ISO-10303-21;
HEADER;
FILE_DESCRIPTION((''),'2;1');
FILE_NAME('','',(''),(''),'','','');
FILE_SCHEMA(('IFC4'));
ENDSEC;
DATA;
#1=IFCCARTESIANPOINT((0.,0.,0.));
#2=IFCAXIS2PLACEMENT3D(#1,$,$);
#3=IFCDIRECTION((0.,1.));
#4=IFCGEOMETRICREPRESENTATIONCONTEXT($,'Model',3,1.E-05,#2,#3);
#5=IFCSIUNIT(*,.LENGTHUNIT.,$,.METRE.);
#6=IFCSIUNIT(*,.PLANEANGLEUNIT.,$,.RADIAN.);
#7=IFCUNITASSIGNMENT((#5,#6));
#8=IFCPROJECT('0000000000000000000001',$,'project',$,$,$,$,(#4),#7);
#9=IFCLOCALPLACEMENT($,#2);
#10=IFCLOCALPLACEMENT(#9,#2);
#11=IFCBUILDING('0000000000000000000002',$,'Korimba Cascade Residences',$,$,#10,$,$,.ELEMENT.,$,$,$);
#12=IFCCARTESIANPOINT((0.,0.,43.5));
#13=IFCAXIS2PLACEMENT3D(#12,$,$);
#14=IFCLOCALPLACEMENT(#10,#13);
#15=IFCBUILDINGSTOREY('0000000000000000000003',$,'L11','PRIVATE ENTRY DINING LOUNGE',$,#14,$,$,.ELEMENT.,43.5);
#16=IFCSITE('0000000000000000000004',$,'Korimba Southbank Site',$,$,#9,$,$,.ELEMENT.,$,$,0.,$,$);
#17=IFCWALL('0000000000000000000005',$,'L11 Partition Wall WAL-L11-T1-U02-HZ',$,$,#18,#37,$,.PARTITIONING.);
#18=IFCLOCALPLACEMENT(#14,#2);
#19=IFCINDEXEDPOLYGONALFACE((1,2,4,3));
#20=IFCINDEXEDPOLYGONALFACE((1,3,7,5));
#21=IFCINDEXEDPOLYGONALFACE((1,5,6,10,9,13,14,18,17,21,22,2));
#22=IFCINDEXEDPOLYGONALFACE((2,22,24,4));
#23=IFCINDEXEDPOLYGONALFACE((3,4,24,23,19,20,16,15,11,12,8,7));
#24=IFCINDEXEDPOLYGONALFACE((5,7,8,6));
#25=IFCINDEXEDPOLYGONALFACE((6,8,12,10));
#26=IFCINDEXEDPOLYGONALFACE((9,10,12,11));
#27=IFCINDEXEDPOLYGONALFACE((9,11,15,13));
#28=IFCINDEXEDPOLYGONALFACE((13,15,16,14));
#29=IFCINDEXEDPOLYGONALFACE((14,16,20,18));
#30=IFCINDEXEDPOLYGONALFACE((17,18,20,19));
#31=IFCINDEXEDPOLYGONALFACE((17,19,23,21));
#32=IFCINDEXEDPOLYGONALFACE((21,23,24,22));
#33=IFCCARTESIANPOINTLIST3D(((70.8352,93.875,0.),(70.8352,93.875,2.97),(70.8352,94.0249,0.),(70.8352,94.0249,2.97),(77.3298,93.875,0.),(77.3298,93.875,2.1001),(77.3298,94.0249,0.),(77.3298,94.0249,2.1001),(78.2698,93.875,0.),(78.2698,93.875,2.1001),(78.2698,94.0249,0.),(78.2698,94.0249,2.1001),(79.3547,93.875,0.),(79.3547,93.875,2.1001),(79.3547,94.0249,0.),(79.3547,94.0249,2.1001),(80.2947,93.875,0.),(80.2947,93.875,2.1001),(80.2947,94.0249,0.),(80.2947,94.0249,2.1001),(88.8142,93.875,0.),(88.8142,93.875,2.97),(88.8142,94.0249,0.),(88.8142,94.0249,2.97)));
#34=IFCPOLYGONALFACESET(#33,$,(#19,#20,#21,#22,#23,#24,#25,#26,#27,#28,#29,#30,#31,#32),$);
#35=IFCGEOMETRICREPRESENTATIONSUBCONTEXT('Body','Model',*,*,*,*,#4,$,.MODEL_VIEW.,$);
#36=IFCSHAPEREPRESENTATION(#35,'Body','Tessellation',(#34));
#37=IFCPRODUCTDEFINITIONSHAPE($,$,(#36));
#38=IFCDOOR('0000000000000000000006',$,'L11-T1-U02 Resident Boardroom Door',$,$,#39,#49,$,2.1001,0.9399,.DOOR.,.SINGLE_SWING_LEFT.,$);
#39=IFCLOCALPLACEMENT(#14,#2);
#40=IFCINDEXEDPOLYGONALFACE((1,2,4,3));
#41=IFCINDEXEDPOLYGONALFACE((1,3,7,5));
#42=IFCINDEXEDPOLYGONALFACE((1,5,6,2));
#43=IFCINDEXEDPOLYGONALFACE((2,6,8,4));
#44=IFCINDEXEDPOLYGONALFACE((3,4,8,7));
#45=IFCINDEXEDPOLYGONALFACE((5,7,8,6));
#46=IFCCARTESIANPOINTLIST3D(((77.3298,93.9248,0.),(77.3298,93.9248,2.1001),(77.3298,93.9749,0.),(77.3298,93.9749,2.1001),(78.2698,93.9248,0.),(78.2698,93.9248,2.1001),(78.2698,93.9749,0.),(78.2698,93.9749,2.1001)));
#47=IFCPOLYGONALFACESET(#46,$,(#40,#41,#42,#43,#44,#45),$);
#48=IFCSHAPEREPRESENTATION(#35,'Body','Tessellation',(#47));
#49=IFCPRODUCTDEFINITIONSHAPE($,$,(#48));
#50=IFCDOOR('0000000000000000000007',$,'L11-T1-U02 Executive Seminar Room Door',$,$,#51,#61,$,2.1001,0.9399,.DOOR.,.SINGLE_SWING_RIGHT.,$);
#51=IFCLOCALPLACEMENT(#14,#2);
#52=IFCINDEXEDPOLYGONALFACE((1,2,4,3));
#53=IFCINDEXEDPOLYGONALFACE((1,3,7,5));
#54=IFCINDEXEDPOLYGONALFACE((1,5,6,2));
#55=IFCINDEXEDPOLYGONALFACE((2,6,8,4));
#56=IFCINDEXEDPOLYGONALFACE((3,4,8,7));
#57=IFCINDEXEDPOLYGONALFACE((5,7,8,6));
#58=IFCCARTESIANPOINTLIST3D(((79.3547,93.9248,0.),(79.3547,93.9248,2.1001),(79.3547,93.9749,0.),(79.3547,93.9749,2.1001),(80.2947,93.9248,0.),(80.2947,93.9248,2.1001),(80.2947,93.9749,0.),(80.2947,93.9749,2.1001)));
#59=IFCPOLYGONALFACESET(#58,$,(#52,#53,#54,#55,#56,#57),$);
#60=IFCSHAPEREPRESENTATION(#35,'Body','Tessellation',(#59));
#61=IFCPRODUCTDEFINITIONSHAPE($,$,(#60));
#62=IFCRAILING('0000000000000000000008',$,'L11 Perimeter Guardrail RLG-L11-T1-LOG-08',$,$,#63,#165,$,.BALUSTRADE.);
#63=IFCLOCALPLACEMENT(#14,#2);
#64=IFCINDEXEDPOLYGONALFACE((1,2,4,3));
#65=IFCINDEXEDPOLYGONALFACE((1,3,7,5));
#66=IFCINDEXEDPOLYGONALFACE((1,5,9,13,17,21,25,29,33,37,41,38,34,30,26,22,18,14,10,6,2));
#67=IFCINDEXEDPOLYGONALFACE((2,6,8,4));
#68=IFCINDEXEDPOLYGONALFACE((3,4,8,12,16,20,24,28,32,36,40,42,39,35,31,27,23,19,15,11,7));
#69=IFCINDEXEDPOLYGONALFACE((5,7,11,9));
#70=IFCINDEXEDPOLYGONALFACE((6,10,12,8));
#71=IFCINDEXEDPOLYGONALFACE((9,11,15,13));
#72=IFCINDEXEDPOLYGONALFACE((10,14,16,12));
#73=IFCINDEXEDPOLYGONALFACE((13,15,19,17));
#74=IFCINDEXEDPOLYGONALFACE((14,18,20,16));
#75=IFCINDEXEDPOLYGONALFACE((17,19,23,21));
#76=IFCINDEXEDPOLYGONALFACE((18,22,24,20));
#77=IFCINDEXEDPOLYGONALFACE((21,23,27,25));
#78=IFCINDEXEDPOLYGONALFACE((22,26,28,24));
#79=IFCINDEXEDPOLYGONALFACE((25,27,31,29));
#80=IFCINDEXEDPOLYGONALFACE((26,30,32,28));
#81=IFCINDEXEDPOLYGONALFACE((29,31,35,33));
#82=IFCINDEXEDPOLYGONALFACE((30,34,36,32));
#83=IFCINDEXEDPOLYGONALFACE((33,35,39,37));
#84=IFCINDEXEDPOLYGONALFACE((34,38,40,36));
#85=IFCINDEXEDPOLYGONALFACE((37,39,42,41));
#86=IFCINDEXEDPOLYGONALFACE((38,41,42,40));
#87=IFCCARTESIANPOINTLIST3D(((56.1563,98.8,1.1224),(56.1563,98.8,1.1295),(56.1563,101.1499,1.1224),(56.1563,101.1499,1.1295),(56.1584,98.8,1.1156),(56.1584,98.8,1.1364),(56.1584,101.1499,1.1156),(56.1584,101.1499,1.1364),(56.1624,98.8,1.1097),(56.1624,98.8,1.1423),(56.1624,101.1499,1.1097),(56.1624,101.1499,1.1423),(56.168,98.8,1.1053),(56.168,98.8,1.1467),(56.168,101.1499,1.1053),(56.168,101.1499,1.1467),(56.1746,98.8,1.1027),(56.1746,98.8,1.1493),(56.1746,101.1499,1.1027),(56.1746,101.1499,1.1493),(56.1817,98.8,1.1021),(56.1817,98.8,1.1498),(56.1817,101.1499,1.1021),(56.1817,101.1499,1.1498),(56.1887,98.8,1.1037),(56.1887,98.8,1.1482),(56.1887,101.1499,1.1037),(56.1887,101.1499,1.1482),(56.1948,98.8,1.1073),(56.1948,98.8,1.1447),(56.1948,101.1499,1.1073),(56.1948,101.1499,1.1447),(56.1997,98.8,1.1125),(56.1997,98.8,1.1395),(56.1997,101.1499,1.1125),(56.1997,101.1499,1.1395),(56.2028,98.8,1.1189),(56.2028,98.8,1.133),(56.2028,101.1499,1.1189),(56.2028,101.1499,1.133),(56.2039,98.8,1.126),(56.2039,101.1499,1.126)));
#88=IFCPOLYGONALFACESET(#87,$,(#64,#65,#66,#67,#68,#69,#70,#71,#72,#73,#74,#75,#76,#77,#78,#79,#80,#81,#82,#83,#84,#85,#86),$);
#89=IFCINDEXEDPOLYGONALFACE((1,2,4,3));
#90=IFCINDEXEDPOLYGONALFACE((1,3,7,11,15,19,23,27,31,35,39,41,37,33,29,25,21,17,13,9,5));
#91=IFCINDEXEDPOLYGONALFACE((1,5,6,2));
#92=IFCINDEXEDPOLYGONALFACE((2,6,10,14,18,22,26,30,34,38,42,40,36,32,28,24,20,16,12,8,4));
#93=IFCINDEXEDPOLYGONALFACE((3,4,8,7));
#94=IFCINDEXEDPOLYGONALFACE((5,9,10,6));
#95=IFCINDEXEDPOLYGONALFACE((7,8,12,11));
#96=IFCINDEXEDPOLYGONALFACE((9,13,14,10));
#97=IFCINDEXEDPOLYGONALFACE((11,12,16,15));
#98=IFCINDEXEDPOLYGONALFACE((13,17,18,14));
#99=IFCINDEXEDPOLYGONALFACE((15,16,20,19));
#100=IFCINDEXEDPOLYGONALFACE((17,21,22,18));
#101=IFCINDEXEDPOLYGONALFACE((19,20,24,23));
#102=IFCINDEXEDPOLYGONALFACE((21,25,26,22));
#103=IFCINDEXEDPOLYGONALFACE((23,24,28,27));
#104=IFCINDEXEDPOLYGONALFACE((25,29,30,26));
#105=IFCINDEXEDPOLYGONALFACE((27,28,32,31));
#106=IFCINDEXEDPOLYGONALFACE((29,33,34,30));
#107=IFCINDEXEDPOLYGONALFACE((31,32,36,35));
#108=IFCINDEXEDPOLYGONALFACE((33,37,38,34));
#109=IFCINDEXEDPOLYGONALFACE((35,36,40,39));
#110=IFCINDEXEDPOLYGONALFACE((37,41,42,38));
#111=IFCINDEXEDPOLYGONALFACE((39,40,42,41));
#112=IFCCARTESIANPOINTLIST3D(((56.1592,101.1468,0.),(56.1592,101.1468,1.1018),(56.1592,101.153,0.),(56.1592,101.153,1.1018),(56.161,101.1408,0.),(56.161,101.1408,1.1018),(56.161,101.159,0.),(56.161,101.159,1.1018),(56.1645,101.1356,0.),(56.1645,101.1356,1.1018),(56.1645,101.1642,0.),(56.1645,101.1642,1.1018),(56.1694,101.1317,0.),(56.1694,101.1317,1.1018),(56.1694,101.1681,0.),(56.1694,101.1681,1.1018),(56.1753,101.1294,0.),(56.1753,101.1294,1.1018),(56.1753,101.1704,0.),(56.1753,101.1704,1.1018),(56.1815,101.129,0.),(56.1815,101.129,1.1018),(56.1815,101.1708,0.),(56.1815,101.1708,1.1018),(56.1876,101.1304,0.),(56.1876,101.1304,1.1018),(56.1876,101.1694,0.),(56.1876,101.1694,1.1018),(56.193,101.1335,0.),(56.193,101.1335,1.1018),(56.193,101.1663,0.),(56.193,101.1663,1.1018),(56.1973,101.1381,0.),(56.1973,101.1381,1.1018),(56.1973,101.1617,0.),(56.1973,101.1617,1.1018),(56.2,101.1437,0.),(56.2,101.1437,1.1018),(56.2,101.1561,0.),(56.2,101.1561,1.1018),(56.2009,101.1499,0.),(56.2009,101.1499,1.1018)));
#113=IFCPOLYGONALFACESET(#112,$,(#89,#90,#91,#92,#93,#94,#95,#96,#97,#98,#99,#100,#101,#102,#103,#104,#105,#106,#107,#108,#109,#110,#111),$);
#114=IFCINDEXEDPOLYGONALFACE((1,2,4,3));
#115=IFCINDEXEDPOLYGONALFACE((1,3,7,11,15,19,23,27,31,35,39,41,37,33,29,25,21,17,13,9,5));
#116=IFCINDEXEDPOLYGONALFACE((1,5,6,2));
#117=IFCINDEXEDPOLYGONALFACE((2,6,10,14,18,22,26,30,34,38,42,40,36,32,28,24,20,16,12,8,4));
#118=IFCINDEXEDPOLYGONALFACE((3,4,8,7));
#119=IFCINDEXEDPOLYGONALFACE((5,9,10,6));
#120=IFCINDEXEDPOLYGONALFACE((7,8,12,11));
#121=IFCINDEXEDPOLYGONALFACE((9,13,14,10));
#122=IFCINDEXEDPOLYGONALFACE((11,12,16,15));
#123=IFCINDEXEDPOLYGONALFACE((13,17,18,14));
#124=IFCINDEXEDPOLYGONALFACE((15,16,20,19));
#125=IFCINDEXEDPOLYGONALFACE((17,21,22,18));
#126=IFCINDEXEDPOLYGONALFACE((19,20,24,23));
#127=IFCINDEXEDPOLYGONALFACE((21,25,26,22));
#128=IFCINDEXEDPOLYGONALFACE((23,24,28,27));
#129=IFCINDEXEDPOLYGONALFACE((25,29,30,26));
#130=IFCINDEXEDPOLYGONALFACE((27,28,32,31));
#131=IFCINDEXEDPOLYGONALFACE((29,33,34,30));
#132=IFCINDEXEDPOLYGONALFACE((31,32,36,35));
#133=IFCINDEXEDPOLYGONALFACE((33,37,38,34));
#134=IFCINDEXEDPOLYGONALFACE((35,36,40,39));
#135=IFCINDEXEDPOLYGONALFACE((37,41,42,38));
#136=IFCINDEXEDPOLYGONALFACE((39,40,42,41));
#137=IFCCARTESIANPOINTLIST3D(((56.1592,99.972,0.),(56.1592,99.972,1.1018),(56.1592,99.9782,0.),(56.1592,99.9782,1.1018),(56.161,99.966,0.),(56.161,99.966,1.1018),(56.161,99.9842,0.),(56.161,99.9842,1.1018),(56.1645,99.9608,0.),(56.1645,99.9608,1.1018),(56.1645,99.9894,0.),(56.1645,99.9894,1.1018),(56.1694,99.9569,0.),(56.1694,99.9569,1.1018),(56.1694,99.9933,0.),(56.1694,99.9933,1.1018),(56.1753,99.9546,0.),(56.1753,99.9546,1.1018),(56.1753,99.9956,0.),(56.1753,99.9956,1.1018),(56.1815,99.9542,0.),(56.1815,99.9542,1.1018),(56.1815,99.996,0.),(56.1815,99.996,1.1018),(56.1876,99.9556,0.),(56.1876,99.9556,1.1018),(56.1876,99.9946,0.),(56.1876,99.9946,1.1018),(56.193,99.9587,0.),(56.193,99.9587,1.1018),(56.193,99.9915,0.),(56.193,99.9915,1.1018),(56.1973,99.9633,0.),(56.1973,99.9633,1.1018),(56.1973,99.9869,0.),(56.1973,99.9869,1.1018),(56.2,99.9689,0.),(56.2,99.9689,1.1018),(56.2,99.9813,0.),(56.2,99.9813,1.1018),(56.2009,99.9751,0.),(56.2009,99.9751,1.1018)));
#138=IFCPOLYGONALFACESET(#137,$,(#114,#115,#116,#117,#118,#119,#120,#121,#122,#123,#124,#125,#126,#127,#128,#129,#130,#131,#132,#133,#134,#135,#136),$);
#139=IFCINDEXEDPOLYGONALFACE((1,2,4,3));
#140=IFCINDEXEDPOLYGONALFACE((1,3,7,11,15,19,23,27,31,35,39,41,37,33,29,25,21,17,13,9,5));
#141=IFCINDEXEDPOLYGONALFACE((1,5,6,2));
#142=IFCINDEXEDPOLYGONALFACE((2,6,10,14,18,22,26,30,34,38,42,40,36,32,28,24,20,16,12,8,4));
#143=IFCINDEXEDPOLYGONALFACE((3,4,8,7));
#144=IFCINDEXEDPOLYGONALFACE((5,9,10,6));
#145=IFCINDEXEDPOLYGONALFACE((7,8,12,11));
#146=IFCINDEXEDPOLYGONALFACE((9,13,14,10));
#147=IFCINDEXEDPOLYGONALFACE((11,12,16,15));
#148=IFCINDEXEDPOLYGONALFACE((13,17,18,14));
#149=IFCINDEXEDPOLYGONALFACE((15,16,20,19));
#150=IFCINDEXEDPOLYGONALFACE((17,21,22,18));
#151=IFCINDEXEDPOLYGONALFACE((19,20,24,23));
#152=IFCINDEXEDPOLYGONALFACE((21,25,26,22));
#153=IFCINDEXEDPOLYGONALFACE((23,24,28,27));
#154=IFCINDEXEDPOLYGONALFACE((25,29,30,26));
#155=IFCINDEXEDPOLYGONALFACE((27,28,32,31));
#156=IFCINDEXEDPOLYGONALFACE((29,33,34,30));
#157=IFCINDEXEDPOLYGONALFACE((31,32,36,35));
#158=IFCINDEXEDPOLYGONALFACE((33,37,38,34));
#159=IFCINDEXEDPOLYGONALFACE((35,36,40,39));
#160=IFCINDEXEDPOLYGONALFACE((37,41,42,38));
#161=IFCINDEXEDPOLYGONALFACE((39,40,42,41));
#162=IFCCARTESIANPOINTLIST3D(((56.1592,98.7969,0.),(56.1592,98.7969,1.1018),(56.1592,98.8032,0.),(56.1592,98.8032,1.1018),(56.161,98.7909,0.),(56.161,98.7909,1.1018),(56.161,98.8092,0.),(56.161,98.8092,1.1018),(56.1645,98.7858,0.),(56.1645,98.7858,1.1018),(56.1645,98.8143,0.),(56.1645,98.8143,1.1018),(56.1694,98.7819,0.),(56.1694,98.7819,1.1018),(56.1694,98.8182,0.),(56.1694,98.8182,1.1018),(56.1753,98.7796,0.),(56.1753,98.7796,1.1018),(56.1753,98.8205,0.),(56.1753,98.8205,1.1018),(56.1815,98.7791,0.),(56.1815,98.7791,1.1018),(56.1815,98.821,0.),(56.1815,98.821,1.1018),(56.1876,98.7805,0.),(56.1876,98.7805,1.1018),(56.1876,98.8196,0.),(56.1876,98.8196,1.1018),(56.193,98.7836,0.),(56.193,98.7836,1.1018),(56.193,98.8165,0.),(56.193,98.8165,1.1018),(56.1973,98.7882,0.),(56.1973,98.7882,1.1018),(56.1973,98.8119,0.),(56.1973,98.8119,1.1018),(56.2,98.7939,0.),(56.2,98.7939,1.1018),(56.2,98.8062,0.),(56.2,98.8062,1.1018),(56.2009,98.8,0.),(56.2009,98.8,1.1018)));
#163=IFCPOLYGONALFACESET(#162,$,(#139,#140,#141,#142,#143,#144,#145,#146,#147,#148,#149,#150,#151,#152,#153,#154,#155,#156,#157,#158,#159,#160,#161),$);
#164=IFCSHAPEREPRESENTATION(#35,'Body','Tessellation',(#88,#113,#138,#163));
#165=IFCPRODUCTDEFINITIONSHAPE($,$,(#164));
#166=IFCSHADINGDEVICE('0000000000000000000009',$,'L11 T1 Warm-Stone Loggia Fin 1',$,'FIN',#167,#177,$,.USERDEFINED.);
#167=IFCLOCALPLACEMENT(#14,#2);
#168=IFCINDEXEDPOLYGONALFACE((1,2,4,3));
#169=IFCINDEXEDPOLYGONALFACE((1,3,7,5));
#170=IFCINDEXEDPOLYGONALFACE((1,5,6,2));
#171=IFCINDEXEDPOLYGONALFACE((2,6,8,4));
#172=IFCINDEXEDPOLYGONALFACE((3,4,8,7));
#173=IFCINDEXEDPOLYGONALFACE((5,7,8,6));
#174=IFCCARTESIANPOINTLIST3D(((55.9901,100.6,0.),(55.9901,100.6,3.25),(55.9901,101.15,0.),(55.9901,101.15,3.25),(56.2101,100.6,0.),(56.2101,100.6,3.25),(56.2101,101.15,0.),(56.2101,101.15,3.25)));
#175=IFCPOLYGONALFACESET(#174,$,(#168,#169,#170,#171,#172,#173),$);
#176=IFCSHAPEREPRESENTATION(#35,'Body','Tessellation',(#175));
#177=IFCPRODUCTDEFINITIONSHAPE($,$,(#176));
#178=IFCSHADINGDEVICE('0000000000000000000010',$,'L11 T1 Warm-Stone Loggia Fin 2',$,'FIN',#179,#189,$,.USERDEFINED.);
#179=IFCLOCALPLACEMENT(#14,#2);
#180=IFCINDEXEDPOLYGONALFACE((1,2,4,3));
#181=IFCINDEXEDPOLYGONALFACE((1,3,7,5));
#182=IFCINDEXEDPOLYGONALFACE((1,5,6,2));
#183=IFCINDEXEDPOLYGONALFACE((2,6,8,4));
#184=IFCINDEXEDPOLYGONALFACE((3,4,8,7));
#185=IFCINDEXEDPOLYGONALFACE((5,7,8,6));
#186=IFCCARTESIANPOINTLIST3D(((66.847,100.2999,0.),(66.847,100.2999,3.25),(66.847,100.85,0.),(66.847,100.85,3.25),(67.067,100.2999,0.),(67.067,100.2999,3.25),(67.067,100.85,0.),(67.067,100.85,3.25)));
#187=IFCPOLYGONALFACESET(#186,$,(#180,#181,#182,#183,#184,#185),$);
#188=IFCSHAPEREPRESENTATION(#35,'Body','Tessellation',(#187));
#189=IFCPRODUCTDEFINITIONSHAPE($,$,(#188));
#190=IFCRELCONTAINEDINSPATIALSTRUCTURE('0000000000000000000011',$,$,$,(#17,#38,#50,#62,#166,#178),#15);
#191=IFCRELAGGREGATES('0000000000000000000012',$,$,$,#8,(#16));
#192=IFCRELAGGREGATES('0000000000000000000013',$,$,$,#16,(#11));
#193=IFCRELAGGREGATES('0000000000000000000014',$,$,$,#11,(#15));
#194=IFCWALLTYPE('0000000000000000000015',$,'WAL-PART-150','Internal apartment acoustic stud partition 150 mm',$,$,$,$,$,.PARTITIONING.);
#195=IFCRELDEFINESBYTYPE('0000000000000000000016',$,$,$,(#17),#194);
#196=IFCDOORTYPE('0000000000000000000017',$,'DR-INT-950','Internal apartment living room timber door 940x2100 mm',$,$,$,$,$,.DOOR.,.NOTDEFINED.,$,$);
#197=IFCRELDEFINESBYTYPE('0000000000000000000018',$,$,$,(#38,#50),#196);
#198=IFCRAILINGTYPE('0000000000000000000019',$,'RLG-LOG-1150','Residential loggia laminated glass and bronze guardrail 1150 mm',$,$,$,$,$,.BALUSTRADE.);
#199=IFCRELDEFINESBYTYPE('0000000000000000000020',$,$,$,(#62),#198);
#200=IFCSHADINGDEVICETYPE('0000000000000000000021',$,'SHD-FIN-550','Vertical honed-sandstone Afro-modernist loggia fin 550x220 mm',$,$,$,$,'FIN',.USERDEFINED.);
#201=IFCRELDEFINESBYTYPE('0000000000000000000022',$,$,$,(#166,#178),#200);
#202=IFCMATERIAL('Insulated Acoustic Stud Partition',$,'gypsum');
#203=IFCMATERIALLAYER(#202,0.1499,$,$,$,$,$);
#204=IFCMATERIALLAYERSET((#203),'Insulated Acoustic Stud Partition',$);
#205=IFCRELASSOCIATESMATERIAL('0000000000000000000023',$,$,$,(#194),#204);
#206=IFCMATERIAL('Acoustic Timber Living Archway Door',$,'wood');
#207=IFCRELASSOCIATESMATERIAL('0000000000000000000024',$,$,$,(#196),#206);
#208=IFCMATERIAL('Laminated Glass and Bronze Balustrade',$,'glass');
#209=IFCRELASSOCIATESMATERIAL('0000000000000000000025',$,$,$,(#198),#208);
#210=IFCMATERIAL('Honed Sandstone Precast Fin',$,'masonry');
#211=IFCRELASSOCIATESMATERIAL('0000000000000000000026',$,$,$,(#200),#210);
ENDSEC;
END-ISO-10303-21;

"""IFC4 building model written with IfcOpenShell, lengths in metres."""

from ifc_helpers import new_model, si_unit, direction, frame, frame_2d, origin, origin_2d, place, context, subcontext, project, spatial, rectangle, circle, extrude, material, layer, layer_set, type_object, element, fill, save


model = new_model("IFC4")

# Units and contexts
model_context = context("Model", 3, precision=1e-05, world=origin(), true_north=direction((0.0, 1.0)))
body_context = subcontext(model_context, "Body", "Model", "MODEL_VIEW")
ifc_project = project(units=[si_unit("LENGTHUNIT", "METRE"), si_unit("PLANEANGLEUNIT", "RADIAN")], contexts=[model_context])

# Site, building, storey
site_placement = place(None, origin())
site = spatial("IfcSite", under=ifc_project, at=site_placement, Name="Korimba Southbank Site", CompositionType="ELEMENT", RefElevation=0.0)
building_placement = place(site_placement, origin())
building = spatial("IfcBuilding", under=site, at=building_placement, Name="Korimba Cascade Residences", CompositionType="ELEMENT")
storey_placement = place(building_placement, frame((0.0, 0.0, 43.5)))
storey = spatial("IfcBuildingStorey", under=building, at=storey_placement, Name="L11", Description="PRIVATE ENTRY DINING LOUNGE", CompositionType="ELEMENT", Elevation=43.5)

# Shared definitions
ifc_material_1 = material(Name="Insulated Acoustic Stud Partition", Category="gypsum")
ifc_layer_1 = layer(ifc_material_1, 0.1499)
ifc_layer_set_1 = layer_set([ifc_layer_1], Name="Insulated Acoustic Stud Partition")
wall_type_1 = type_object("IfcWallType", Name="WAL-PART-150", Description="Internal apartment acoustic stud partition 150 mm", PredefinedType="PARTITIONING", material=ifc_layer_set_1)

# Wall, openings, doors
ifc_material_2 = material(Name="Acoustic Timber Living Archway Door", Category="wood")
door_type_1 = type_object("IfcDoorType", Name="DR-INT-950", Description="Internal apartment living room timber door 940x2100 mm", OperationType="NOTDEFINED", PredefinedType="DOOR", material=ifc_material_2)
wall_1_placement = place(storey_placement, frame((70.8352, 93.95, 0.0), z_axis=(0.0, 0.0, 1.0), x_axis=(1.0, 0.0, 0.0)))
wall_1 = element("IfcWall", 1, at=wall_1_placement, inside=storey, type_object=wall_type_1, Name="L11 Partition Wall WAL-L11-T1-U02-HZ", PredefinedType="PARTITIONING", context=body_context, shape_type="SweptSolid", body=[
    extrude(rectangle(XDim=17.979, YDim=0.1499, at=frame_2d((8.9895, 0.0))), origin(), (0.0, 0.0, 1.0), 2.97),
])
opening_1_placement = place(wall_1_placement, frame((6.4946, 0.0, 0.0)))
opening_1 = element("IfcOpeningElement", 2, at=opening_1_placement, cuts=wall_1, PredefinedType="OPENING", context=body_context, shape_type="SweptSolid", body=[
    extrude(rectangle(XDim=0.9399, YDim=2.1001, at=frame_2d((0.47, 1.05))), frame((0.0, 0.085, 0.0), z_axis=(0.0, -1.0, 0.0), x_axis=(1.0, 0.0, 0.0)), (0.0, 0.0, 1.0), 0.1699),
])
opening_2_placement = place(wall_1_placement, frame((8.5195, 0.0, 0.0)))
opening_2 = element("IfcOpeningElement", 3, at=opening_2_placement, cuts=wall_1, PredefinedType="OPENING", context=body_context, shape_type="SweptSolid", body=[
    extrude(rectangle(XDim=0.9399, YDim=2.1001, at=frame_2d((0.47, 1.05))), frame((0.0, 0.085, 0.0), z_axis=(0.0, -1.0, 0.0), x_axis=(1.0, 0.0, 0.0)), (0.0, 0.0, 1.0), 0.1699),
])
door_1_placement = place(opening_1_placement, origin())
door_1 = element("IfcDoor", 4, at=door_1_placement, inside=storey, type_object=door_type_1, Name="L11-T1-U02 Resident Boardroom Door", OperationType="SINGLE_SWING_LEFT", OverallHeight=2.1001, OverallWidth=0.9399, PredefinedType="DOOR", context=body_context, shape_type="SweptSolid", body=[
    extrude(rectangle(XDim=0.9399, YDim=2.1001, at=frame_2d((0.47, 1.05))), frame((0.0, 0.0249, 0.0), z_axis=(0.0, -1.0, 0.0), x_axis=(1.0, 0.0, 0.0)), (0.0, 0.0, 1.0), 0.05),
])
fill(opening_1, door_1)
door_2_placement = place(opening_2_placement, origin())
door_2 = element("IfcDoor", 5, at=door_2_placement, inside=storey, type_object=door_type_1, Name="L11-T1-U02 Executive Seminar Room Door", OperationType="SINGLE_SWING_RIGHT", OverallHeight=2.1001, OverallWidth=0.9399, PredefinedType="DOOR", context=body_context, shape_type="SweptSolid", body=[
    extrude(rectangle(XDim=0.9399, YDim=2.1001, at=frame_2d((0.47, 1.05))), frame((0.0, 0.0249, 0.0), z_axis=(0.0, -1.0, 0.0), x_axis=(1.0, 0.0, 0.0)), (0.0, 0.0, 1.0), 0.05),
])
fill(opening_2, door_2)

# Railing
ifc_material_3 = material(Name="Laminated Glass and Bronze Balustrade", Category="glass")
railing_type = type_object("IfcRailingType", Name="RLG-LOG-1150", Description="Residential loggia laminated glass and bronze guardrail 1150 mm", PredefinedType="BALUSTRADE", material=ifc_material_3)
railing_1_placement = place(storey_placement, frame((56.1799, 101.1499, 0.0)))
element("IfcRailing", 6, at=railing_1_placement, inside=storey, type_object=railing_type, Name="L11 Perimeter Guardrail RLG-L11-T1-LOG-08", PredefinedType="BALUSTRADE", context=body_context, shape_type="SweptSolid", body=[
    extrude(circle(Radius=0.0239, at=origin_2d()), frame((0.0, 0.0, 1.126), z_axis=(0.0, -1.0, 0.0), x_axis=(1.0, 0.0, 0.0)), (0.0, 0.0, 1.0), 2.3499),
    extrude(circle(Radius=0.021, at=origin_2d()), origin(), (0.0, 0.0, 1.0), 1.1018),
    extrude(circle(Radius=0.021, at=origin_2d()), frame((0.0, -1.1748, 0.0)), (0.0, 0.0, 1.0), 1.1018),
    extrude(circle(Radius=0.021, at=origin_2d()), frame((0.0, -2.3499, 0.0)), (0.0, 0.0, 1.0), 1.1018),
])

# Shading devices
ifc_material_4 = material(Name="Honed Sandstone Precast Fin", Category="masonry")
shading_device_type = type_object("IfcShadingDeviceType", Name="SHD-FIN-550", Description="Vertical honed-sandstone Afro-modernist loggia fin 550x220 mm", ElementType="FIN", PredefinedType="USERDEFINED", material=ifc_material_4)
for number, where, z_axis, x_axis, name in (
    (7, (56.1001, 100.875, 0.0), (0.0, 0.0, 1.0), (1.0, 0.0, 0.0), "L11 T1 Warm-Stone Loggia Fin 1"),
    (8, (66.957, 100.575, 0.0), (0.0, 0.0, 1.0), (1.0, 0.0, 0.0), "L11 T1 Warm-Stone Loggia Fin 2"),
):
    element("IfcShadingDevice", number, at=place(storey_placement, frame(where, z_axis=z_axis, x_axis=x_axis)), inside=storey, type_object=shading_device_type, Name=name, ObjectType="FIN", PredefinedType="USERDEFINED", context=body_context, shape_type="SweptSolid", body=[
        extrude(rectangle(XDim=0.22, YDim=0.55, at=origin_2d()), origin(), (0.0, 0.0, 1.0), 3.25),
    ])

save(model, "model.ifc")
